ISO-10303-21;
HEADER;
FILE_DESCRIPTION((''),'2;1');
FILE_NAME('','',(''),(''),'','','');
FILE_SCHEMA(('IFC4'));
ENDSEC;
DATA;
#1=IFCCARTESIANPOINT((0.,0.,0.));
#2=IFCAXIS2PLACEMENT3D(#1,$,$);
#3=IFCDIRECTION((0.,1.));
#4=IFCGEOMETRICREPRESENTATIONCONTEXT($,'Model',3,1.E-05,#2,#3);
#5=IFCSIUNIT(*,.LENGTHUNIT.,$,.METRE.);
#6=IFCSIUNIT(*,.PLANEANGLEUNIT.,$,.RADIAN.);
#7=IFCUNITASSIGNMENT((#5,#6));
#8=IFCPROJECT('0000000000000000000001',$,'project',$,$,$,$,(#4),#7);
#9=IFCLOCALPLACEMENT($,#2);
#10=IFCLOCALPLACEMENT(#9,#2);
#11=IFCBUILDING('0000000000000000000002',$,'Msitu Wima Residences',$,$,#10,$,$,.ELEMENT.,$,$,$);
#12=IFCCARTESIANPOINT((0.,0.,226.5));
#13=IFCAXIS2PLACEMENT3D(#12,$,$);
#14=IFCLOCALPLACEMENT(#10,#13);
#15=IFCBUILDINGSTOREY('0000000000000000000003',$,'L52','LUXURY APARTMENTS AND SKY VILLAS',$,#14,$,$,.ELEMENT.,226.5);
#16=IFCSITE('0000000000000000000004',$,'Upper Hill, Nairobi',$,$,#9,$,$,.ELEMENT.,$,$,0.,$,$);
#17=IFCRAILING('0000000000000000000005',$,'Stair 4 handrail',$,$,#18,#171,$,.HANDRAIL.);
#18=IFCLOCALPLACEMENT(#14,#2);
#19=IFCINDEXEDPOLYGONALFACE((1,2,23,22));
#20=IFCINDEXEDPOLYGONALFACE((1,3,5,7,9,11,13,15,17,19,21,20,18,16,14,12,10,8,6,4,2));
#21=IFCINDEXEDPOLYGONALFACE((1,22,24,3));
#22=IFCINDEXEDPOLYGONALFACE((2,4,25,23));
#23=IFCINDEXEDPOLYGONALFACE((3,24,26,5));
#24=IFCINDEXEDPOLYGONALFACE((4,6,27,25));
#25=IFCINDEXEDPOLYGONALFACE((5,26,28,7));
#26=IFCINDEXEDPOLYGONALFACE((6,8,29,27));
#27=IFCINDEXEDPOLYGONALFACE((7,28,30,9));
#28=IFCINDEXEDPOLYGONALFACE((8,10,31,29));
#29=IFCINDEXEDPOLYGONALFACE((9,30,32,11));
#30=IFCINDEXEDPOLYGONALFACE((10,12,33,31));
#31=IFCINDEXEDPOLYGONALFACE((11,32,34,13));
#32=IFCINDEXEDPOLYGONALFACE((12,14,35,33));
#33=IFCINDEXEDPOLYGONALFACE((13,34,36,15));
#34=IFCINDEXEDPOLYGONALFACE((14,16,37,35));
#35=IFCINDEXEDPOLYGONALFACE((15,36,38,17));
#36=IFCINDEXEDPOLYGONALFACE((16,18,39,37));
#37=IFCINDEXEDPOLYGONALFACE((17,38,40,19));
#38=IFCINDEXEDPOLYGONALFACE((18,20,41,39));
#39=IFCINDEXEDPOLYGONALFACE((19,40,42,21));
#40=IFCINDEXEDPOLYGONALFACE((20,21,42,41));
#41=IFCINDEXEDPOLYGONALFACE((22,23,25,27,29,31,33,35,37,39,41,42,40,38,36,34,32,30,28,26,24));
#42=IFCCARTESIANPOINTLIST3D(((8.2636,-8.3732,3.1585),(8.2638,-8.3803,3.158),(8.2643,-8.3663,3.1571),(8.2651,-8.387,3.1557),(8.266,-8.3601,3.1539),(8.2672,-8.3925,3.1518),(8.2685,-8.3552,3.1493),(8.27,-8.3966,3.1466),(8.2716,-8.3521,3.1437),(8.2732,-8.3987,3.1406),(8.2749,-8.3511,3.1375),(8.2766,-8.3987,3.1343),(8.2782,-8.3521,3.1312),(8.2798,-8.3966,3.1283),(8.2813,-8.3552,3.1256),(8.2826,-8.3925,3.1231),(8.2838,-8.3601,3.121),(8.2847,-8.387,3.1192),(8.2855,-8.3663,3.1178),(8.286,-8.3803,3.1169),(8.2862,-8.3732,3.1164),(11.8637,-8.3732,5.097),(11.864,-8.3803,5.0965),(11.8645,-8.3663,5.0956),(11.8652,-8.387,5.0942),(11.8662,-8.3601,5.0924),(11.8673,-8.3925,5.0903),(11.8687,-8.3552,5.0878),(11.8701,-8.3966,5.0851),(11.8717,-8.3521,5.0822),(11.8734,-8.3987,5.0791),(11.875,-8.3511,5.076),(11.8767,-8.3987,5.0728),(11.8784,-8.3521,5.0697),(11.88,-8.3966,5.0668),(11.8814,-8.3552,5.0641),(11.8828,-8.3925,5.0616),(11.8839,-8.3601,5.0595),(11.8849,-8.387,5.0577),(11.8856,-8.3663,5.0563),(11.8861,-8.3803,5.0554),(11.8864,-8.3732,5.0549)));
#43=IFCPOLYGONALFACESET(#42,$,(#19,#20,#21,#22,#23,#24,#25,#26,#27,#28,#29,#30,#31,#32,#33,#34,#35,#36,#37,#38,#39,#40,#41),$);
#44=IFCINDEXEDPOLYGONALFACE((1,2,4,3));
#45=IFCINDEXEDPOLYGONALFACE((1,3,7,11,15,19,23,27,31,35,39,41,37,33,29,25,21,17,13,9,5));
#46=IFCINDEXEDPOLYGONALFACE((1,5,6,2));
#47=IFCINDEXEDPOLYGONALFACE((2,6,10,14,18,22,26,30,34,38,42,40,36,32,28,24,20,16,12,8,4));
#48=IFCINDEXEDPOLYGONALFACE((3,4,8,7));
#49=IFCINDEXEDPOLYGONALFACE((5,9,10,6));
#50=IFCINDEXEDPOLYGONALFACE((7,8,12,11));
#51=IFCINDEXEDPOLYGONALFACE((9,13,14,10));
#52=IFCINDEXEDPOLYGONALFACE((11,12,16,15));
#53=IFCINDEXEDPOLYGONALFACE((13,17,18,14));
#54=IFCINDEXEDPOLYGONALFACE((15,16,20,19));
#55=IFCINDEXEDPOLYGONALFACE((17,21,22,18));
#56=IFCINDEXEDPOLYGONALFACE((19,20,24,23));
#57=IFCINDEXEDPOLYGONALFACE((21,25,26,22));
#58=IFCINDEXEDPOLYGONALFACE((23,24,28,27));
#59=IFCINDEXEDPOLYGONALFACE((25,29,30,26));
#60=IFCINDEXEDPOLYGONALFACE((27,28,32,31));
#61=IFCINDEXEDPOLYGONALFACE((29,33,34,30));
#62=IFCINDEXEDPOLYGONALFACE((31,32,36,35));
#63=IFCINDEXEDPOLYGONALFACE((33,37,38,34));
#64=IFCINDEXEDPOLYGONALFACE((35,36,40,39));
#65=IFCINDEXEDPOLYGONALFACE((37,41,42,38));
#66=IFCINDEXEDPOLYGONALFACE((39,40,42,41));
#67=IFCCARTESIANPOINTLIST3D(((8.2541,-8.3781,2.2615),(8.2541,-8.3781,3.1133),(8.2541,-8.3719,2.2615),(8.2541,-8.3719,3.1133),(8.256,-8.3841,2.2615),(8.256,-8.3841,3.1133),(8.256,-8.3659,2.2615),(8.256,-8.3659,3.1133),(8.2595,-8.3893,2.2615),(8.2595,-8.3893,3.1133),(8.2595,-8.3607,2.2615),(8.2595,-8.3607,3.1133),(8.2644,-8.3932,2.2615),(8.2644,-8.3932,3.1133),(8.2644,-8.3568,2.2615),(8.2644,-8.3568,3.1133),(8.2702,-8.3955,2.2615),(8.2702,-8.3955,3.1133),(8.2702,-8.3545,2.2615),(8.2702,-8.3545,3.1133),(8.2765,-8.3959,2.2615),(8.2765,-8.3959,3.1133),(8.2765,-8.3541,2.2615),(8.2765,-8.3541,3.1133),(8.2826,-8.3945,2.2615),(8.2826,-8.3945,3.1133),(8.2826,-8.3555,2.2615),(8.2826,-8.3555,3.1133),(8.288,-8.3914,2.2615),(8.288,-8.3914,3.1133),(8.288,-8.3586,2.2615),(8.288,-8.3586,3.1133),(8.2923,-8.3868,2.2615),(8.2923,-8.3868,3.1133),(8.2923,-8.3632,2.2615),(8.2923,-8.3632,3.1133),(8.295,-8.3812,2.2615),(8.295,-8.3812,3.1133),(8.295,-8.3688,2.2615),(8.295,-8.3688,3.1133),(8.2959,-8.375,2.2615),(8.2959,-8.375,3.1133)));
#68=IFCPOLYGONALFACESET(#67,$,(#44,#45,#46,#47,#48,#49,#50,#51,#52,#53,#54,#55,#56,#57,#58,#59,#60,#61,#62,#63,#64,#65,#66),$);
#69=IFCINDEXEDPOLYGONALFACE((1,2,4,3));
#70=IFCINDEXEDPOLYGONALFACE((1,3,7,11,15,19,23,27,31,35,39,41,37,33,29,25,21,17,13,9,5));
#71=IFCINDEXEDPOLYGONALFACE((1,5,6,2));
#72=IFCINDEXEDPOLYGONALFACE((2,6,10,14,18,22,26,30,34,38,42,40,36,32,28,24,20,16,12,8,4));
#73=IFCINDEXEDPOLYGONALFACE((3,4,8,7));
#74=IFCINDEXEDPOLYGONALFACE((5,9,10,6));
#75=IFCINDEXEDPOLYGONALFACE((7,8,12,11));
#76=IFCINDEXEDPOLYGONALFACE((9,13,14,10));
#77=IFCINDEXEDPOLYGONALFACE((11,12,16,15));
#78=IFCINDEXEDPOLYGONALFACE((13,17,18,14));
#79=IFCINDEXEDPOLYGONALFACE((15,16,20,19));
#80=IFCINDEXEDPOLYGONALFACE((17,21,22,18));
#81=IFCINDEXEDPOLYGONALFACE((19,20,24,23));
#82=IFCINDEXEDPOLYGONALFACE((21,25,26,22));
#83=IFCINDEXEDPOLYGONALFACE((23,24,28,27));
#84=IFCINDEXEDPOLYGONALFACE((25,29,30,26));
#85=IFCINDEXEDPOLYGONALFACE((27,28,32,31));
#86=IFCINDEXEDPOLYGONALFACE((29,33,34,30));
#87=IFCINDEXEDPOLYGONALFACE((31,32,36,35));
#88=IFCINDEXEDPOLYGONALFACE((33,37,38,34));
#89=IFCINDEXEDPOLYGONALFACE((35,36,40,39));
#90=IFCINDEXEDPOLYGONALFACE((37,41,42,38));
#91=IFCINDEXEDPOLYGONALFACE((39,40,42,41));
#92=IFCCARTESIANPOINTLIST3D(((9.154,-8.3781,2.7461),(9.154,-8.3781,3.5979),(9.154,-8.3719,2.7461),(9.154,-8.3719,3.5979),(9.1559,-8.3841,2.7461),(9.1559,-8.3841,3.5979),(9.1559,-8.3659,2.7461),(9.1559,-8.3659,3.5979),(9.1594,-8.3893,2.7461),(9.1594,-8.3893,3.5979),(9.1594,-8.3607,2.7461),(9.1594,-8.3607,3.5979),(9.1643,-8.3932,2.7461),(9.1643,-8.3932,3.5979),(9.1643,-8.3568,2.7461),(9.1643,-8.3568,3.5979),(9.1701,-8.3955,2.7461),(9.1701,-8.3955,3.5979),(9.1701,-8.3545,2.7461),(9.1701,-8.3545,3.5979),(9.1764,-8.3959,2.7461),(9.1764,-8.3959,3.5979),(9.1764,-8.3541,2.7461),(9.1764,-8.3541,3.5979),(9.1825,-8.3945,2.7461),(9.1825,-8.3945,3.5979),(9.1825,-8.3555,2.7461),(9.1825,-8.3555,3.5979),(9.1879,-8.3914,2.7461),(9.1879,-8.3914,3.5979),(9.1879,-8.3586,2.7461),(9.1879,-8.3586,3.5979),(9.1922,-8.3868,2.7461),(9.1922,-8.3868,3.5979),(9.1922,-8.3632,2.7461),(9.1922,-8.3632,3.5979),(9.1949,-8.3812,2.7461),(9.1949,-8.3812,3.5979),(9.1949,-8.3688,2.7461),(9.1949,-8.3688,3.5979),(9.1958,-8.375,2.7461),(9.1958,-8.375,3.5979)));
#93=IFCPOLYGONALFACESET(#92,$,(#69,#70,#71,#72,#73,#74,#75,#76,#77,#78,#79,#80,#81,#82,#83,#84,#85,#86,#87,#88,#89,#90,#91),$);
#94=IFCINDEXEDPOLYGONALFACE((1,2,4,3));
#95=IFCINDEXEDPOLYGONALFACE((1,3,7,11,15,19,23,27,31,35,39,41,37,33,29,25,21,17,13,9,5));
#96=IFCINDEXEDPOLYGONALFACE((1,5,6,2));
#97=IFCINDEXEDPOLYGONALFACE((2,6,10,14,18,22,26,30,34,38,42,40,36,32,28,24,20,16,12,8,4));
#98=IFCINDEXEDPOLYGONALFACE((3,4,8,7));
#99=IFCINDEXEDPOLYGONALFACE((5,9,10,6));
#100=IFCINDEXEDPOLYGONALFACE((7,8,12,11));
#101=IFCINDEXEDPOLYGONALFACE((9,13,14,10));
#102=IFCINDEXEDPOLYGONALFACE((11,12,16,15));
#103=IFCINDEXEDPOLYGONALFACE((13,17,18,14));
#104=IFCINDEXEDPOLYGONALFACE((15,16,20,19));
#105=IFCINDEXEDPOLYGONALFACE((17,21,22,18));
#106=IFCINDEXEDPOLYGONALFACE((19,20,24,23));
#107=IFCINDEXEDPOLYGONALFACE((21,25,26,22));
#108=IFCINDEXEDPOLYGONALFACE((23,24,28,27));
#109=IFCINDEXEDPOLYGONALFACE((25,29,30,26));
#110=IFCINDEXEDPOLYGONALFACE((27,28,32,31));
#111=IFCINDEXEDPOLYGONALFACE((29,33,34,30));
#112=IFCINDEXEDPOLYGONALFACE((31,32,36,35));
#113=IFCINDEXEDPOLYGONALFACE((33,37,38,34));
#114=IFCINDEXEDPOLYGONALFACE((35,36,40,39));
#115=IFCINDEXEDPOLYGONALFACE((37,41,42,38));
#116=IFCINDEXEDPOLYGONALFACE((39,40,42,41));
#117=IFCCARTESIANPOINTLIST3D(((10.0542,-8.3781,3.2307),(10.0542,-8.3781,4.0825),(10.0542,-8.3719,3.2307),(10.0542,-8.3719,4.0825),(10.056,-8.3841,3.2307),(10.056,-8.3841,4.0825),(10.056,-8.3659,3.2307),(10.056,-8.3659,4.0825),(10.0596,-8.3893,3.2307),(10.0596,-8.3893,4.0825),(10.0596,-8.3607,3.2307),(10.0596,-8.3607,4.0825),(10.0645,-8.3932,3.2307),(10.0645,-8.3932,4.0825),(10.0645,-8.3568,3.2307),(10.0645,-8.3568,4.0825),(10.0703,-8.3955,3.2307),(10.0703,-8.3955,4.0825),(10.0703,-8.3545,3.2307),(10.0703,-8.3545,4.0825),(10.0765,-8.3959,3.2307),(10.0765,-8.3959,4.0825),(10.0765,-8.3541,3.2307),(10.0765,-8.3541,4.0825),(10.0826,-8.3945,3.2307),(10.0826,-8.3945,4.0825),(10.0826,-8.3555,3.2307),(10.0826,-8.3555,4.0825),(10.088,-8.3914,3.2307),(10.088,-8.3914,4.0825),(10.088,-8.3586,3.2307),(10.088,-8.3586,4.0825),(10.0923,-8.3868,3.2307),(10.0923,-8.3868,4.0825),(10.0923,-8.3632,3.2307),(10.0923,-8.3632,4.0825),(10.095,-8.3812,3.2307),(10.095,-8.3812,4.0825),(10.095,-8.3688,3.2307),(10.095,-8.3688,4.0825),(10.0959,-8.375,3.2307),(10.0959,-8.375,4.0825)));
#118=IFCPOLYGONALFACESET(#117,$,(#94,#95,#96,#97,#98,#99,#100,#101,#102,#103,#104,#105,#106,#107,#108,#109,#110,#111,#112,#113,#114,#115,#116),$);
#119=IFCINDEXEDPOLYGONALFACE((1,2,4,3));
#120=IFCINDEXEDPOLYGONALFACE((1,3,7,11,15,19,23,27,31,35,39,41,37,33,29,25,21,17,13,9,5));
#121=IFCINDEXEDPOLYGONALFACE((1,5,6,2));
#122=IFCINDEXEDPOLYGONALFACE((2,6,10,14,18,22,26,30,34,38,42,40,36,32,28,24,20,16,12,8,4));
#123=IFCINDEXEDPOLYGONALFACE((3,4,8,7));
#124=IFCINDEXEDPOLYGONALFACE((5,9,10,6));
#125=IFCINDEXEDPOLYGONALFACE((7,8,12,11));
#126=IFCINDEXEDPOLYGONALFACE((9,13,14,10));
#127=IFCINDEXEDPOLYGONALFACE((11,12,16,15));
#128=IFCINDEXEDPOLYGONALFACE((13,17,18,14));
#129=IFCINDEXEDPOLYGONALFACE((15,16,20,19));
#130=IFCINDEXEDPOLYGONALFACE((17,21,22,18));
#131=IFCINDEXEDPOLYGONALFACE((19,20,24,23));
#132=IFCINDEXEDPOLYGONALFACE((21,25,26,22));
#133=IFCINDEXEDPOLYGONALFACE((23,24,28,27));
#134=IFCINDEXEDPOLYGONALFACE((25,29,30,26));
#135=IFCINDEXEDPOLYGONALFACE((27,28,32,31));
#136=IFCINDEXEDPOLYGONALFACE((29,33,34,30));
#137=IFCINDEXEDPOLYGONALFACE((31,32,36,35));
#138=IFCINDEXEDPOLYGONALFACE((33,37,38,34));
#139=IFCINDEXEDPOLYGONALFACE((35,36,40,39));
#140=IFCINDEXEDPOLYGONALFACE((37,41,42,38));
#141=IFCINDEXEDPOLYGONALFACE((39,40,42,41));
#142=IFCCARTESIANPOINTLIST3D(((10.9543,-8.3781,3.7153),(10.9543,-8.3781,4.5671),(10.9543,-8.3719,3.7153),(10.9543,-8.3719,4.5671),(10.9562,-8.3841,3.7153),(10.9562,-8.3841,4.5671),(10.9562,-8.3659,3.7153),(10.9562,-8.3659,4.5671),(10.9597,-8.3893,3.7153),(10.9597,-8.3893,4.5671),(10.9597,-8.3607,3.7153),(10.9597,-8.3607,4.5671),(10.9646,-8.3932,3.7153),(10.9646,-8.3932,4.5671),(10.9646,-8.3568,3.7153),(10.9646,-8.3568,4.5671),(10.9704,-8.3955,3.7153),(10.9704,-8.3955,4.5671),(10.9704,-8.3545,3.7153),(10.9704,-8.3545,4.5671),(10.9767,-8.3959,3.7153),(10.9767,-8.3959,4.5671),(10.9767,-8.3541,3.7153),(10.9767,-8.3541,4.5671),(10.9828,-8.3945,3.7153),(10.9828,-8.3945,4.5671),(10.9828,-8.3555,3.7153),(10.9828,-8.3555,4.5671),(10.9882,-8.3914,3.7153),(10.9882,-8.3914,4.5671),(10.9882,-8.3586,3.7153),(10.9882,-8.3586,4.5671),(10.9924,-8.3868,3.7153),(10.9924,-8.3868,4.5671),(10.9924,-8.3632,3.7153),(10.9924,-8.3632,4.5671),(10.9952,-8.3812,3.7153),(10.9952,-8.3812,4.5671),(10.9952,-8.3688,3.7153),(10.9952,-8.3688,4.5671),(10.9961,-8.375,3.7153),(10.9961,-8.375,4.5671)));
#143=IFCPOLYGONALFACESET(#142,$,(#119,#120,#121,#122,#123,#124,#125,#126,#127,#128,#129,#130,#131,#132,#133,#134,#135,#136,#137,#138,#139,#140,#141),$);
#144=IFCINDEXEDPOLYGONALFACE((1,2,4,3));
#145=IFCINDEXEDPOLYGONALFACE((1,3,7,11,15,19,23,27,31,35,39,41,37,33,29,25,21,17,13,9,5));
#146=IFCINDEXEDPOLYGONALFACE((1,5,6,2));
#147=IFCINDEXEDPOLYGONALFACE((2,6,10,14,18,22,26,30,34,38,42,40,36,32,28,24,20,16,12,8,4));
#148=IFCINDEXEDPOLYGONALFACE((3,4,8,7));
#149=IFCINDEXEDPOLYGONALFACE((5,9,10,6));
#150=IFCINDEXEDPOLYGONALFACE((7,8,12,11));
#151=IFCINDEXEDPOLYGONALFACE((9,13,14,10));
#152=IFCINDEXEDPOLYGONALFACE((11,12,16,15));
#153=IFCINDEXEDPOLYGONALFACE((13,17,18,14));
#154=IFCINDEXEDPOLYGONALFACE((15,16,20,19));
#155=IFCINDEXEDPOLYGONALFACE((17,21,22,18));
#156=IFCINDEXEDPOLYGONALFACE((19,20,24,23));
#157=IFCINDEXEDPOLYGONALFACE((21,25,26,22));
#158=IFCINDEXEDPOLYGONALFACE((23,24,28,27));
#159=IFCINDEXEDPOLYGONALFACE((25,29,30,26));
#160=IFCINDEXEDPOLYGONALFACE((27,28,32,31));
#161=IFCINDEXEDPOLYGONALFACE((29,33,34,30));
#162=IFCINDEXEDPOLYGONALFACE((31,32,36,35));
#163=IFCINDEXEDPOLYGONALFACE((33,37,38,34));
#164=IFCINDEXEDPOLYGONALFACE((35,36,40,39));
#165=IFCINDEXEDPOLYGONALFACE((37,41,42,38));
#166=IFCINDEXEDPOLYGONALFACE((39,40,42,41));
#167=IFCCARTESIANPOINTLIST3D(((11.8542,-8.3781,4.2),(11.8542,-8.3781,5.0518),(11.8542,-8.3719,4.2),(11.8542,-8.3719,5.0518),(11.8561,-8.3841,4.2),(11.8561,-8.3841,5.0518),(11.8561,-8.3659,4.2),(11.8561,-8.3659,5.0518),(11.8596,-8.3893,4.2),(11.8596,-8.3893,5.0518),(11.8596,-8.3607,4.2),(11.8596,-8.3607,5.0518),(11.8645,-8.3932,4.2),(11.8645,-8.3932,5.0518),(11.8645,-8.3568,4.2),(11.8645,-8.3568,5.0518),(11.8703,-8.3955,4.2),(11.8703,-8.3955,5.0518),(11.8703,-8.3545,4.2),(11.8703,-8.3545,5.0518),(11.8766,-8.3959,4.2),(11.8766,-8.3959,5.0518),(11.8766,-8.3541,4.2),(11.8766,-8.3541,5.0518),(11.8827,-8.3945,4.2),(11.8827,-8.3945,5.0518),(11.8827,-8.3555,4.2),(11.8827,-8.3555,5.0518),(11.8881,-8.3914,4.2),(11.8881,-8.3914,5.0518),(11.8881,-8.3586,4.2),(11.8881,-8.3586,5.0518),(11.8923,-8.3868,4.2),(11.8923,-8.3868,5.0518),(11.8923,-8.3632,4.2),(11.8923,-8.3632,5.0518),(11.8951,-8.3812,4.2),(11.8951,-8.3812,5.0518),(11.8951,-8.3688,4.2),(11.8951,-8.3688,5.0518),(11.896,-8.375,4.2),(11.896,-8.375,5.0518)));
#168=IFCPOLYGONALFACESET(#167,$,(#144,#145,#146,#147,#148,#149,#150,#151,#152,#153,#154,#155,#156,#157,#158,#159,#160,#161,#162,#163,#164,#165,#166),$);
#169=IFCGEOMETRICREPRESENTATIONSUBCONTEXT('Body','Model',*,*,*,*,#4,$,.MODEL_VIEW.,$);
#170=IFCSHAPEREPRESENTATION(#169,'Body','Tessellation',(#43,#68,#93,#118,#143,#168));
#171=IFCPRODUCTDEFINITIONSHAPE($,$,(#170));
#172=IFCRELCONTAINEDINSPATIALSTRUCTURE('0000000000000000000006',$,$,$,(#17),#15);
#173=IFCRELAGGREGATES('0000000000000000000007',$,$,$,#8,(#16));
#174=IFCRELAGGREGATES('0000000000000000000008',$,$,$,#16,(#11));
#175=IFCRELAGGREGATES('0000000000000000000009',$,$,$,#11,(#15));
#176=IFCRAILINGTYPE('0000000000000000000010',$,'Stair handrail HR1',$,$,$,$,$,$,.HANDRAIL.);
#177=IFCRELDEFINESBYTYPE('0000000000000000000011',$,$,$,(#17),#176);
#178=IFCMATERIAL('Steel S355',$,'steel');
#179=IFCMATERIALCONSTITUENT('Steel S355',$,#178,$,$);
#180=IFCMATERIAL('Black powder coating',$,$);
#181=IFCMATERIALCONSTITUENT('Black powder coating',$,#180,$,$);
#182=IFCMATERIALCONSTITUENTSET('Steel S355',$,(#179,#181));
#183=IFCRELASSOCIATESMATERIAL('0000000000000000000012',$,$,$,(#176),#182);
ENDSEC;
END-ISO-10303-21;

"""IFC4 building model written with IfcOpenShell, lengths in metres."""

from ifc_helpers import new_model, si_unit, direction, frame, origin, origin_2d, place, context, subcontext, project, spatial, circle, extrude, material, constituent, constituent_set, type_object, element, save


model = new_model("IFC4")

# Units and contexts
model_context = context("Model", 3, precision=1e-05, world=origin(), true_north=direction((0.0, 1.0)))
body_context = subcontext(model_context, "Body", "Model", "MODEL_VIEW")
ifc_project = project(units=[si_unit("LENGTHUNIT", "METRE"), si_unit("PLANEANGLEUNIT", "RADIAN")], contexts=[model_context])

# Site, building, storey
site_placement = place(None, origin())
site = spatial("IfcSite", under=ifc_project, at=site_placement, Name="Upper Hill, Nairobi", CompositionType="ELEMENT", RefElevation=0.0)
building_placement = place(site_placement, origin())
building = spatial("IfcBuilding", under=site, at=building_placement, Name="Msitu Wima Residences", CompositionType="ELEMENT")
storey_placement = place(building_placement, frame((0.0, 0.0, 226.5)))
storey = spatial("IfcBuildingStorey", under=building, at=storey_placement, Name="L52", Description="LUXURY APARTMENTS AND SKY VILLAS", CompositionType="ELEMENT", Elevation=226.5)

# Railing
ifc_material_1 = material(Name="Steel S355", Category="steel")
ifc_constituent_1 = constituent(ifc_material_1, Name="Steel S355")
ifc_material_2 = material(Name="Black powder coating")
ifc_constituent_2 = constituent(ifc_material_2, Name="Black powder coating")
ifc_constituent_set = constituent_set(constituents=[ifc_constituent_1, ifc_constituent_2], Name="Steel S355")
railing_type = type_object("IfcRailingType", Name="Stair handrail HR1", PredefinedType="HANDRAIL", material=ifc_constituent_set)
for number, where, name in (
    (1, (8.2749, -8.375, 2.2615), "Stair 4 handrail"),
):
    element("IfcRailing", number, at=place(storey_placement, frame(where)), inside=storey, type_object=railing_type, Name=name, PredefinedType="HANDRAIL", context=body_context, shape_type="SweptSolid", body=[
        extrude(circle(Radius=0.0239, at=origin_2d()), frame((0.0, 0.0, 0.876), z_axis=(0.880475, 0.0, 0.474093), x_axis=(0.0, 1.0, 0.0)), (0.0, 0.0, 1.0), 4.0889),
        extrude(circle(Radius=0.021, at=origin_2d()), origin(), (0.0, 0.0, 1.0), 0.8518),
        extrude(circle(Radius=0.021, at=origin_2d()), frame((0.8999, 0.0, 0.4846)), (0.0, 0.0, 1.0), 0.8518),
        extrude(circle(Radius=0.021, at=origin_2d()), frame((1.8, 0.0, 0.9692)), (0.0, 0.0, 1.0), 0.8518),
        extrude(circle(Radius=0.021, at=origin_2d()), frame((2.7002, 0.0, 1.4539)), (0.0, 0.0, 1.0), 0.8518),
        extrude(circle(Radius=0.021, at=origin_2d()), frame((3.6001, 0.0, 1.9385)), (0.0, 0.0, 1.0), 0.8518),
    ])

save(model, "model.ifc")
